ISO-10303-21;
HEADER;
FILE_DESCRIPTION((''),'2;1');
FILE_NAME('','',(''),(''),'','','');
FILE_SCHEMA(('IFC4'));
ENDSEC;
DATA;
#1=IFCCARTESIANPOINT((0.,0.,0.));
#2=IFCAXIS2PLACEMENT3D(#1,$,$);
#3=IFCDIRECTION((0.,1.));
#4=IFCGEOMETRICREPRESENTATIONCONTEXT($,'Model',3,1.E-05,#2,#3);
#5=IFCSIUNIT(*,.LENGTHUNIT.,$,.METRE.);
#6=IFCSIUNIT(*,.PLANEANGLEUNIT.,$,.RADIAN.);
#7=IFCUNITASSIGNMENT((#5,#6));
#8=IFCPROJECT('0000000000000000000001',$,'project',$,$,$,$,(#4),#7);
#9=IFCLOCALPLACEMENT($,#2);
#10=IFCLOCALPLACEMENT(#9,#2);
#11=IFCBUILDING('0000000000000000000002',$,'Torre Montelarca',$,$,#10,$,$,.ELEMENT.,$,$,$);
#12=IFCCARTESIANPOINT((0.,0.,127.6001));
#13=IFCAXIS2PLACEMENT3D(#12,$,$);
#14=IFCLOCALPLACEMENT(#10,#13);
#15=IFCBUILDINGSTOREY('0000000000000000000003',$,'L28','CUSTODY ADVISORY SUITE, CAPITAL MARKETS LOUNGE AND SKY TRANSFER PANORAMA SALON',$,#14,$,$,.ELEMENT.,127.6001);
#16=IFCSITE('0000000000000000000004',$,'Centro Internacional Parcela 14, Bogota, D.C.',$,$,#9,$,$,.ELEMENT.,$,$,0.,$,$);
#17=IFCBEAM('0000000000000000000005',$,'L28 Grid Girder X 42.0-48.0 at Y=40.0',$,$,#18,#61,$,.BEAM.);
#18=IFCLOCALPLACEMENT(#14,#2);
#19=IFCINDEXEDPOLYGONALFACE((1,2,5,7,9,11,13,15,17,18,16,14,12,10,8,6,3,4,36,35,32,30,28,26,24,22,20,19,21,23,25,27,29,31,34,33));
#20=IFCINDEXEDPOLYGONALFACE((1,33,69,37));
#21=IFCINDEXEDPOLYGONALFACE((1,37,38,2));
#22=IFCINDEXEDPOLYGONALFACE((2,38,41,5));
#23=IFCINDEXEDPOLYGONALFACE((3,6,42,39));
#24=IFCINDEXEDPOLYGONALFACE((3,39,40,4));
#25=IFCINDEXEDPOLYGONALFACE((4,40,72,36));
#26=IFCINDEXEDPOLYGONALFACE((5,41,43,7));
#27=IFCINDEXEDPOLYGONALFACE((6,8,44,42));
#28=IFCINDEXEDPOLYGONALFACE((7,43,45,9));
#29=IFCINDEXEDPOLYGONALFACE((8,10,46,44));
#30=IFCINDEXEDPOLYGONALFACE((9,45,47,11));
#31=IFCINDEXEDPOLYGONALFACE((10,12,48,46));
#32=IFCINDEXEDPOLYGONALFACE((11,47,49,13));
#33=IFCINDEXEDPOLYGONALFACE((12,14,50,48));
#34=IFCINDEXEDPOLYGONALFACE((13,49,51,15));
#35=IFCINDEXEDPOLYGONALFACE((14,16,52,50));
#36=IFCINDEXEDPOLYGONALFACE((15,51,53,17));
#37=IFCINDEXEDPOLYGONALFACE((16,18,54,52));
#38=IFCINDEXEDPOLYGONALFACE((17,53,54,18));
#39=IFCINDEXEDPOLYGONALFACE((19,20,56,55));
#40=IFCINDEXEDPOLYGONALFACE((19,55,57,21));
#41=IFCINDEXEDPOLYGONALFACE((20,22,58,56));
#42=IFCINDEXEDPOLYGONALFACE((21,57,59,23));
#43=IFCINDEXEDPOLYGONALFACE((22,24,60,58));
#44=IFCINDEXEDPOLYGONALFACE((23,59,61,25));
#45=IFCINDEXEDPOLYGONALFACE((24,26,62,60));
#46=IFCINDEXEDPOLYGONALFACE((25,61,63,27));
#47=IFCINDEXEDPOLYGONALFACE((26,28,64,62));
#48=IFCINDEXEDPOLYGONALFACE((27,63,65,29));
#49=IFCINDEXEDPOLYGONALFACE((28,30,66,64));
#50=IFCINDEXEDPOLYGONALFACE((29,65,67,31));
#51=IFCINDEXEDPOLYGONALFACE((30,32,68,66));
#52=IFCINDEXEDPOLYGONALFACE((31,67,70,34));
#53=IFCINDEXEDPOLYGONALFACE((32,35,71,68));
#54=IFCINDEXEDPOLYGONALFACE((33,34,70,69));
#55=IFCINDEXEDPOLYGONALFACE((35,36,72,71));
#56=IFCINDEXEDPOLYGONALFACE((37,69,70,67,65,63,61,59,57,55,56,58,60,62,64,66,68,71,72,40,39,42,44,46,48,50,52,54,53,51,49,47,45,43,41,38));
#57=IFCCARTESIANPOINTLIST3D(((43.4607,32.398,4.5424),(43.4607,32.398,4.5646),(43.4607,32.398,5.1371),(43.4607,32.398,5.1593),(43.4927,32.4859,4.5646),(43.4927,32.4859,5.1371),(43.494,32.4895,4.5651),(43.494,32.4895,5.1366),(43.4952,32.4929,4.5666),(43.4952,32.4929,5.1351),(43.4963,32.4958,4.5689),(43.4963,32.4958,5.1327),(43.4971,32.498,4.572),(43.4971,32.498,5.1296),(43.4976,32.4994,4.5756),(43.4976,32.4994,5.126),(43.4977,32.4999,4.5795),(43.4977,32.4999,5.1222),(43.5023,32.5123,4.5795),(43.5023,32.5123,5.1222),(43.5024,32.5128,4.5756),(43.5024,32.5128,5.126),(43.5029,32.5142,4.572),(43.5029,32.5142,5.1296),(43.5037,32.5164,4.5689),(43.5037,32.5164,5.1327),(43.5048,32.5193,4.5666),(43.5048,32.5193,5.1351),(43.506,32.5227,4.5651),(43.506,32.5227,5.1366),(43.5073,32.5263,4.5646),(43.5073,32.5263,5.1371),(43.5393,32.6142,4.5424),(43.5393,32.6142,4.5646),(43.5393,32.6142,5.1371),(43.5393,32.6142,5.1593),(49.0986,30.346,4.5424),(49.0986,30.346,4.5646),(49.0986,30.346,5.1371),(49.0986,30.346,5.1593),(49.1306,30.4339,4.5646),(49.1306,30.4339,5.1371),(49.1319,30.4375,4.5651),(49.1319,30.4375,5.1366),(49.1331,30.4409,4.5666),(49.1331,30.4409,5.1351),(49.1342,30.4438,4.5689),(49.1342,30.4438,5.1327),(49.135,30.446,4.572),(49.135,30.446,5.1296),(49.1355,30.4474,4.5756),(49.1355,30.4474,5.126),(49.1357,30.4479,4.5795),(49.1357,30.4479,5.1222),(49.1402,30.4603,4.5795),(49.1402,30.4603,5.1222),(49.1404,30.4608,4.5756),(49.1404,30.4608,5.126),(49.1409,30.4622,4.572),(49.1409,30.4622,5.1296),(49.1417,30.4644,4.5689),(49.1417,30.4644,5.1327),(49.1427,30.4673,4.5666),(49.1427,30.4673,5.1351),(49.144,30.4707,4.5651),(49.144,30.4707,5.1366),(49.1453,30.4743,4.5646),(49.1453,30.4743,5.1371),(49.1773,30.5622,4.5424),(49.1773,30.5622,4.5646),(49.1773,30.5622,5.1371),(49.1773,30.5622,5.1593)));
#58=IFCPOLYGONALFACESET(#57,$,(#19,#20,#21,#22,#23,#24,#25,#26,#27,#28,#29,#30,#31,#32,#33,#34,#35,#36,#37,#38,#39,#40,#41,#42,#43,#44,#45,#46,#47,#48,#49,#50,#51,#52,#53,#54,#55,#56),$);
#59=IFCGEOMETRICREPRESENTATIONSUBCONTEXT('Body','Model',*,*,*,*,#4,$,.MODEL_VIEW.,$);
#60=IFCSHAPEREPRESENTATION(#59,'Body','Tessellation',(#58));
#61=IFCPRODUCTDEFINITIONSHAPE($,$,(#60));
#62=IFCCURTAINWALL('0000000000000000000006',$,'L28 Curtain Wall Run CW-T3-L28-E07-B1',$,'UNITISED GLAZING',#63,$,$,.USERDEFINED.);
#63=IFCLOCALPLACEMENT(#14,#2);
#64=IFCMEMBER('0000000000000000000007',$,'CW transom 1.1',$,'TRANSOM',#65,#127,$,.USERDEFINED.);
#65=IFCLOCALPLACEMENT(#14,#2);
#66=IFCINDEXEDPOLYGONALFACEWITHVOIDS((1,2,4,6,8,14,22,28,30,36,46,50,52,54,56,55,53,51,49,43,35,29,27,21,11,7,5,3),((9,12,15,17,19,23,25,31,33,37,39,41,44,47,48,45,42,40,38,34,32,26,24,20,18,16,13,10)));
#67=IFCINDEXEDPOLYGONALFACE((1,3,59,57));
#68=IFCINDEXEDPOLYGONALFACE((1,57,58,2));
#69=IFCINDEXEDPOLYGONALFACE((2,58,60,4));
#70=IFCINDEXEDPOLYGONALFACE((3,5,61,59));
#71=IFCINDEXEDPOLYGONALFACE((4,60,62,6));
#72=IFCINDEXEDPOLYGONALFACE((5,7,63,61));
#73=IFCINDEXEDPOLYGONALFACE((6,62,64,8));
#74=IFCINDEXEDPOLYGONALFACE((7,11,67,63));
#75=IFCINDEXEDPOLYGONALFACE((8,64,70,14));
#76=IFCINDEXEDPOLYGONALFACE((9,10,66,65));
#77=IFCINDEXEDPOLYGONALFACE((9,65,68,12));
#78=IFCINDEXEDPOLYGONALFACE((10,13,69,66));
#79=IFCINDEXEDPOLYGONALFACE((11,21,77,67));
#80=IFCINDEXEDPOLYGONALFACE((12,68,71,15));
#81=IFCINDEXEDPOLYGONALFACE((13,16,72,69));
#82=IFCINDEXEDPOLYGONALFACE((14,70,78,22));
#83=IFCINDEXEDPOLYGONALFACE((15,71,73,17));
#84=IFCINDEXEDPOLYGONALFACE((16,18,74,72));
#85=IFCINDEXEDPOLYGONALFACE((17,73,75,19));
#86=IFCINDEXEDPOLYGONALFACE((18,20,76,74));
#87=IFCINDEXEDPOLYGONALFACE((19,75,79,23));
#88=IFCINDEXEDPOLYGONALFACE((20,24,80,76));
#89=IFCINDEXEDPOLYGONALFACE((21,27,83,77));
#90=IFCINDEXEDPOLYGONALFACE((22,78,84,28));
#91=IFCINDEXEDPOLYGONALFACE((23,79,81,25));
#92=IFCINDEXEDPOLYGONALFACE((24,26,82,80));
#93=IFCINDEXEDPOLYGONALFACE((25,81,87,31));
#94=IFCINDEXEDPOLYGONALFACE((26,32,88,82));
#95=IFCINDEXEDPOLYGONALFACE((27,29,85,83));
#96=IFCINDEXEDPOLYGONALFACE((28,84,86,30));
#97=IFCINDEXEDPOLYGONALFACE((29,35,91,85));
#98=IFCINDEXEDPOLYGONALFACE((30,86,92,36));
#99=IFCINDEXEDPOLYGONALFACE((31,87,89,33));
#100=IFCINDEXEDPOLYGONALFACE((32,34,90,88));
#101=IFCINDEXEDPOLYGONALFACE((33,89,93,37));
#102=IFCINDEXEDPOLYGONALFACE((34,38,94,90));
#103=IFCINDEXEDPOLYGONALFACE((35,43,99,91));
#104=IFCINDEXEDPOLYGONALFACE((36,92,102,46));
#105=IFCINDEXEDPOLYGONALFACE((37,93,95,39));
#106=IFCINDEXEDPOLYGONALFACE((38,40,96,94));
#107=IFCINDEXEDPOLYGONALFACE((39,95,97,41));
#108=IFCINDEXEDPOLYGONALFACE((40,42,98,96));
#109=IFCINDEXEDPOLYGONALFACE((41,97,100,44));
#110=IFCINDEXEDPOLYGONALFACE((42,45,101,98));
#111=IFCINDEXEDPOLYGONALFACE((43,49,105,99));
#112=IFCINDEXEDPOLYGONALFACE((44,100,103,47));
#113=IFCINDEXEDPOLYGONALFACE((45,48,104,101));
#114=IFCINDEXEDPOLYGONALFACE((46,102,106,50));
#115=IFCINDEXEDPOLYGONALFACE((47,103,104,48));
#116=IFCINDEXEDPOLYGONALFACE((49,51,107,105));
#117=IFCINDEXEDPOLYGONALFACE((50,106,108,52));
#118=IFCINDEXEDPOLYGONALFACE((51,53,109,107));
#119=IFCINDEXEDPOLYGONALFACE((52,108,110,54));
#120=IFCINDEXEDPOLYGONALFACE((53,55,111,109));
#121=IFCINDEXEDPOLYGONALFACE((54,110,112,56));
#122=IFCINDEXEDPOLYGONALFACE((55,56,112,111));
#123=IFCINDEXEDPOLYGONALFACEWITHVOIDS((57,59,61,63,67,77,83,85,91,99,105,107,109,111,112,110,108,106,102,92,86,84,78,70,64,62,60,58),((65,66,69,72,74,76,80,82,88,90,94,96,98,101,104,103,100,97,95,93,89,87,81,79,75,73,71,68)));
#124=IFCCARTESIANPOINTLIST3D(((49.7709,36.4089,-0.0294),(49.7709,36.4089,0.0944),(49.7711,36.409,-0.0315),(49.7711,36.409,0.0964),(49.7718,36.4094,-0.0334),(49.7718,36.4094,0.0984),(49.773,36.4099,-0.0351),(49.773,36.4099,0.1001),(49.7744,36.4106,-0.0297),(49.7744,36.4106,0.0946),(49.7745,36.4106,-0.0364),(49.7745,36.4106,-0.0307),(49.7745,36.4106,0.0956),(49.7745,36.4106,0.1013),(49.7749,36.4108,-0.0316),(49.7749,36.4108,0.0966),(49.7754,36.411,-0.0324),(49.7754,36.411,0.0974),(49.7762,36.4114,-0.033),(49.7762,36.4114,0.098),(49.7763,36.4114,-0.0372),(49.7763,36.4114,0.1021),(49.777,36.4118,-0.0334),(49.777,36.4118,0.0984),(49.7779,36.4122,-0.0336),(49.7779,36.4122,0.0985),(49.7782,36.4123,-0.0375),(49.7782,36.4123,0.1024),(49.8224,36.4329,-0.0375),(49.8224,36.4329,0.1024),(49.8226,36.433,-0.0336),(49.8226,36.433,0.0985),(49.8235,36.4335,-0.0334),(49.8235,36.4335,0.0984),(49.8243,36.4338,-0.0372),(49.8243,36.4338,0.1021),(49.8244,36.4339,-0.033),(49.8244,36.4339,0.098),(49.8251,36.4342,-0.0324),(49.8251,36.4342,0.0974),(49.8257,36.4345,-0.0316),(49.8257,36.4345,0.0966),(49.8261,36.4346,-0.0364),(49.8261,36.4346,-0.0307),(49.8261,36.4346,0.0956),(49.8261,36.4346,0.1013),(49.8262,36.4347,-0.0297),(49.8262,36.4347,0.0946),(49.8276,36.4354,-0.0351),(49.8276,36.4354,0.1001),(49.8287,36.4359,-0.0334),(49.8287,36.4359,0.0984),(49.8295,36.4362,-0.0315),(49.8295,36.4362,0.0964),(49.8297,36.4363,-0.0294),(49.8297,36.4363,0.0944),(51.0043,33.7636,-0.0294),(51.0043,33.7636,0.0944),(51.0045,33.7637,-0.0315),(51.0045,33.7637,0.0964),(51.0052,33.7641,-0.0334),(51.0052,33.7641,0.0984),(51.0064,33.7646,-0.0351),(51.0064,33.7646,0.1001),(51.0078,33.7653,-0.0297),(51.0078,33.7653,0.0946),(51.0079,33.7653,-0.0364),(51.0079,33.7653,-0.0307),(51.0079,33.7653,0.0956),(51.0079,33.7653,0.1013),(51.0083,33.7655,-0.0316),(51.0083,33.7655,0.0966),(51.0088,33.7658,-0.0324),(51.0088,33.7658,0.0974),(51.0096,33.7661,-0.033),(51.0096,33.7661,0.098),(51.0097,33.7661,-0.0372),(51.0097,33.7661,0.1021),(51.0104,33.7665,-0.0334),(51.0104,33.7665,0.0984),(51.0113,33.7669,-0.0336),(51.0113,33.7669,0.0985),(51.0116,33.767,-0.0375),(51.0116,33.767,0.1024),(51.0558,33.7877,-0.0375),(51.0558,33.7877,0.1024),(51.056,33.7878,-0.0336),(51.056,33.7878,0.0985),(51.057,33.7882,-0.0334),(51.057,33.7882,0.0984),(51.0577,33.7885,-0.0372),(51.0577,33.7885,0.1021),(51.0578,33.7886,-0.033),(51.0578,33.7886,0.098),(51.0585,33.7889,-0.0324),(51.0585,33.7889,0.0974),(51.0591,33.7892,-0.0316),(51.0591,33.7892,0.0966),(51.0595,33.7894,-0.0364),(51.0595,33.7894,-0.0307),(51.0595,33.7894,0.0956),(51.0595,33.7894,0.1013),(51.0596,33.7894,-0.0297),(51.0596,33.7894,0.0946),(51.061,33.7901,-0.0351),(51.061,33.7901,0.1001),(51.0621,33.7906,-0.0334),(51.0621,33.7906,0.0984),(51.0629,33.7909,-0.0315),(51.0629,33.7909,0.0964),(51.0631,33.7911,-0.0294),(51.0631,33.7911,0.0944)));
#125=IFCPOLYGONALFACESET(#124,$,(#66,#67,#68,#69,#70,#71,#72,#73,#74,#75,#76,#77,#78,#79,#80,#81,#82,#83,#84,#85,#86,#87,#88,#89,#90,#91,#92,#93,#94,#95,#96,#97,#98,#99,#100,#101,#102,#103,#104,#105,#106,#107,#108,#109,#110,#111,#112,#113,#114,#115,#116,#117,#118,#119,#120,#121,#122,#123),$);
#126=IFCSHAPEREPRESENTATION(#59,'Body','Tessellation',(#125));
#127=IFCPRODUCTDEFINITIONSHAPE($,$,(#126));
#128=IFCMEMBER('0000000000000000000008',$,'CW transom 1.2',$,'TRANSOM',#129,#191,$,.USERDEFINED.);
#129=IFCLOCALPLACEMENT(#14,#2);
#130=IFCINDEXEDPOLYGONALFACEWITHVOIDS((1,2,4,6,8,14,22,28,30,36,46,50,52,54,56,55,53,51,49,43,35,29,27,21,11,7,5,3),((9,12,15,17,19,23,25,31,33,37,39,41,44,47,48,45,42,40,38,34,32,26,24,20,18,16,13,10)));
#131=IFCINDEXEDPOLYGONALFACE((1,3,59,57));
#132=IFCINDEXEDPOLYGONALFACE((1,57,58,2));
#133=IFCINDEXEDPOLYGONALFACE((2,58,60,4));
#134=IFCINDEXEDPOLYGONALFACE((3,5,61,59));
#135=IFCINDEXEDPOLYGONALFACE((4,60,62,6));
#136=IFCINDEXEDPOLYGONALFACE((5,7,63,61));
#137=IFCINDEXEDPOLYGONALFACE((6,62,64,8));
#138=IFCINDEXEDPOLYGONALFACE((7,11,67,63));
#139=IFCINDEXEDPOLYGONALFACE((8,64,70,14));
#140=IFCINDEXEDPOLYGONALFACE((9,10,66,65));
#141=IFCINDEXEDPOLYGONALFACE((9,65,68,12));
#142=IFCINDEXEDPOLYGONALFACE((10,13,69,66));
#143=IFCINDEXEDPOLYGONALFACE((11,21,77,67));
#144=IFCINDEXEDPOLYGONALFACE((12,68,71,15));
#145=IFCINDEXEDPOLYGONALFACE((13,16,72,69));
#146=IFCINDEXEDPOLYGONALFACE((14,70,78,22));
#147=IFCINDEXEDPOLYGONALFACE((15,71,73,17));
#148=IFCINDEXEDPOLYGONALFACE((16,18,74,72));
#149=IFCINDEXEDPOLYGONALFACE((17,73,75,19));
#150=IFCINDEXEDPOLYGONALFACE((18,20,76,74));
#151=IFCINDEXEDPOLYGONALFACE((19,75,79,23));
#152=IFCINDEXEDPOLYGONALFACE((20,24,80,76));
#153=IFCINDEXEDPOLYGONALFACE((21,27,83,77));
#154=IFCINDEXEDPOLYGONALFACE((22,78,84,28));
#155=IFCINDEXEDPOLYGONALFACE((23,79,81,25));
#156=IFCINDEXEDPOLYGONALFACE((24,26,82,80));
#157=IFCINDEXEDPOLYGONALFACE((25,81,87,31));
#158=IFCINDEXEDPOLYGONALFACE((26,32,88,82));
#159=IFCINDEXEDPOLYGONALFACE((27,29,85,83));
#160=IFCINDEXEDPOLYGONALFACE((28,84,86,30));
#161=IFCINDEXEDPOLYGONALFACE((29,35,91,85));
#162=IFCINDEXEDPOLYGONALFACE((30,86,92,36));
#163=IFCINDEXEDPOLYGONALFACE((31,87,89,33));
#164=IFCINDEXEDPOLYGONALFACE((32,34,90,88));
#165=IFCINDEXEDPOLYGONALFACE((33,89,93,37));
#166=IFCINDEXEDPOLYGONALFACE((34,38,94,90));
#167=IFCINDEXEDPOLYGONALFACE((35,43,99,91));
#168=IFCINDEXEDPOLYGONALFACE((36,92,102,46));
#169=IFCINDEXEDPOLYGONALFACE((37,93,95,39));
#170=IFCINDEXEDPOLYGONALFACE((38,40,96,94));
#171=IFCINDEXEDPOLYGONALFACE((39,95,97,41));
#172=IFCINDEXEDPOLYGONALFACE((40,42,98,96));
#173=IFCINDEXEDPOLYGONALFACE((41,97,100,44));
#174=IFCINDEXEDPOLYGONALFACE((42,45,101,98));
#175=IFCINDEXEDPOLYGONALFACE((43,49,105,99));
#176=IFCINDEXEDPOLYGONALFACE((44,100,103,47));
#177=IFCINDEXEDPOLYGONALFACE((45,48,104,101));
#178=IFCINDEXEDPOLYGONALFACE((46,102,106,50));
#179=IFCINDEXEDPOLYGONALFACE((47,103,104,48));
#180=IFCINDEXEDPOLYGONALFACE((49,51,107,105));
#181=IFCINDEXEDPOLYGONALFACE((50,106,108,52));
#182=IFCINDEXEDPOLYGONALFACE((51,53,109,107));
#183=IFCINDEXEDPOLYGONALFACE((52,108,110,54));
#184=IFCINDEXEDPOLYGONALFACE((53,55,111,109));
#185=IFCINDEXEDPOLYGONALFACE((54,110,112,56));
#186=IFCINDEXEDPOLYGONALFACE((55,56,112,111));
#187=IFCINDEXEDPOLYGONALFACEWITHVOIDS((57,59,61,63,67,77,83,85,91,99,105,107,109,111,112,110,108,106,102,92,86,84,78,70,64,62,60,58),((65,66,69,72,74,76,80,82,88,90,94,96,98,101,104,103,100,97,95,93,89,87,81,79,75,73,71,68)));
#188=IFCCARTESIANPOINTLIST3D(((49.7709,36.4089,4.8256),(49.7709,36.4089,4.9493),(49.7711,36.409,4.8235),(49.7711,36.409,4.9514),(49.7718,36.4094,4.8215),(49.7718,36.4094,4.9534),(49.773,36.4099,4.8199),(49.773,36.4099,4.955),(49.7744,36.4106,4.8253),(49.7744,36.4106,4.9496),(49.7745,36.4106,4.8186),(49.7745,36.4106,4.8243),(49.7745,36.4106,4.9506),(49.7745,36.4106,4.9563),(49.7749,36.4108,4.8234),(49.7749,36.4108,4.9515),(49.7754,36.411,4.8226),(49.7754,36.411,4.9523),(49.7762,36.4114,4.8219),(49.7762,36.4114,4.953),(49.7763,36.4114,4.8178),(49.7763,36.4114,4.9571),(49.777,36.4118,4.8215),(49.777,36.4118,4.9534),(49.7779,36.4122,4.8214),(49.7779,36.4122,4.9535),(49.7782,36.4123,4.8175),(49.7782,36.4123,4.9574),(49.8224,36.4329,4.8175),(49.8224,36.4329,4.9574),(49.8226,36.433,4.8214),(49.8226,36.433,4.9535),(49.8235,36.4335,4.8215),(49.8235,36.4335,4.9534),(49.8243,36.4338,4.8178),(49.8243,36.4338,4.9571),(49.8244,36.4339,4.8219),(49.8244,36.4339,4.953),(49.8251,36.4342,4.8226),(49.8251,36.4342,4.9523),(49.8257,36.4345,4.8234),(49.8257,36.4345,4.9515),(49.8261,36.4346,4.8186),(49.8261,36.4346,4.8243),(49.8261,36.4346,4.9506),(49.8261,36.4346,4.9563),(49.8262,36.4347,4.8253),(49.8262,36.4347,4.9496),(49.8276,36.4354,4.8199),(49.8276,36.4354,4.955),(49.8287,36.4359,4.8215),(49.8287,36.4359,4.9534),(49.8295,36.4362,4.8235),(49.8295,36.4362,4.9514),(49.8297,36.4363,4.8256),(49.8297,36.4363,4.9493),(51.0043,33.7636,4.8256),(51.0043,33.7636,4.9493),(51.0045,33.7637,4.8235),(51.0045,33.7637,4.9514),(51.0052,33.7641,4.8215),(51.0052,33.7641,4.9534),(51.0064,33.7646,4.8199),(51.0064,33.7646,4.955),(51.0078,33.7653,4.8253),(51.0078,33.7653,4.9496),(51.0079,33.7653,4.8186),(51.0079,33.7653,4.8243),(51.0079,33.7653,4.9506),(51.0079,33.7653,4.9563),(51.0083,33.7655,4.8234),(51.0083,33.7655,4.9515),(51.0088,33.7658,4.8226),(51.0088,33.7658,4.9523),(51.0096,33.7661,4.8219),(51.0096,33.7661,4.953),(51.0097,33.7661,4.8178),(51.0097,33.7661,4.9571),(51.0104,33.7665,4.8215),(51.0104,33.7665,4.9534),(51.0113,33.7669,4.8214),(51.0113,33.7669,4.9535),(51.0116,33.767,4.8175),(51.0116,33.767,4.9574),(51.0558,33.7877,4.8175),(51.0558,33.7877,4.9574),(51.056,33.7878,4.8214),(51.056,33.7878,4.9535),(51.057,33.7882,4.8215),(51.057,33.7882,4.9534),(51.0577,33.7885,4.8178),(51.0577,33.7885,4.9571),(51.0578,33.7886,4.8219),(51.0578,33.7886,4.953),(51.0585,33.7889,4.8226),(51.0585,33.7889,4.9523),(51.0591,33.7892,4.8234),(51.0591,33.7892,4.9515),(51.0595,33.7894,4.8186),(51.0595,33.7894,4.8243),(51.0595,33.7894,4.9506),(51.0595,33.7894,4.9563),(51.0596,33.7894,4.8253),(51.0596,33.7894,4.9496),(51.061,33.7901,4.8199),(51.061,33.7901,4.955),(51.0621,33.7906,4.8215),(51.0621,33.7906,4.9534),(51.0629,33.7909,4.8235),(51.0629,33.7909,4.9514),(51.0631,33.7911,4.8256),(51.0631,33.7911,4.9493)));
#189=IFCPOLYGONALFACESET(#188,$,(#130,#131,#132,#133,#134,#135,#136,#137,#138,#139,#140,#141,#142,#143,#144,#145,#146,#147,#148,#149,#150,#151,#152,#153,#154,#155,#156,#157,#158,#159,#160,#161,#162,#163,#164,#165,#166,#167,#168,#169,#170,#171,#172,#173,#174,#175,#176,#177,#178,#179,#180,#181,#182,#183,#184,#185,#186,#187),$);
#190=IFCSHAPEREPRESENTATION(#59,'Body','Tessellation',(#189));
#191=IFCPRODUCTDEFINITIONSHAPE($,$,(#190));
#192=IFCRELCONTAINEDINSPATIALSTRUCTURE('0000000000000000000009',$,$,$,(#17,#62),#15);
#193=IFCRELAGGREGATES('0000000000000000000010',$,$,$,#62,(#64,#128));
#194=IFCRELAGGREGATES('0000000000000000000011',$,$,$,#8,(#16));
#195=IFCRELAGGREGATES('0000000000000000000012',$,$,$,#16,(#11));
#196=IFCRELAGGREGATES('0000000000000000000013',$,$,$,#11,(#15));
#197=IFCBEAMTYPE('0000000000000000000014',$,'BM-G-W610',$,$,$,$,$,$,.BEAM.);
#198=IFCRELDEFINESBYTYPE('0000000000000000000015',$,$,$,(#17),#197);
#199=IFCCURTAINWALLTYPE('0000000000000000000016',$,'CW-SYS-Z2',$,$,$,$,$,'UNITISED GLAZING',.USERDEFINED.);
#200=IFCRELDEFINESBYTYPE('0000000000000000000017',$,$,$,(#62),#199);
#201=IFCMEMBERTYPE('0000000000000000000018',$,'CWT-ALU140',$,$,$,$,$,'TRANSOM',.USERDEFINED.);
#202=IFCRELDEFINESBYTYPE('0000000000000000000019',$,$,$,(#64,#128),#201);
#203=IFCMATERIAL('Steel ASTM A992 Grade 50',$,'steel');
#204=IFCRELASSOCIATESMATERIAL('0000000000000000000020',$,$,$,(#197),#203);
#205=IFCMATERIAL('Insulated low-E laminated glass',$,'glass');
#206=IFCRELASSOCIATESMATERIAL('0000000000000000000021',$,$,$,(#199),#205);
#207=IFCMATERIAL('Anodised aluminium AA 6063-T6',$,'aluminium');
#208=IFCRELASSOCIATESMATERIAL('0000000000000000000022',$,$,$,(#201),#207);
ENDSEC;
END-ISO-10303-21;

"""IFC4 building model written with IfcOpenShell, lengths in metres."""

from ifc_helpers import new_model, si_unit, direction, frame, origin, origin_2d, place, context, subcontext, project, spatial, hollow_rectangle, i_section, extrude, source, transform, mapped, material, material_profile, profile_set, type_object, element, aggregate, save


model = new_model("IFC4")

# Units and contexts
model_context = context("Model", 3, precision=1e-05, world=origin(), true_north=direction((0.0, 1.0)))
body_context = subcontext(model_context, "Body", "Model", "MODEL_VIEW")
ifc_project = project(units=[si_unit("LENGTHUNIT", "METRE"), si_unit("PLANEANGLEUNIT", "RADIAN")], contexts=[model_context])

# Site, building, storey
site_placement = place(None, origin())
site = spatial("IfcSite", under=ifc_project, at=site_placement, Name="Centro Internacional Parcela 14, Bogota, D.C.", CompositionType="ELEMENT", RefElevation=0.0)
building_placement = place(site_placement, origin())
building = spatial("IfcBuilding", under=site, at=building_placement, Name="Torre Montelarca", CompositionType="ELEMENT")
storey_placement = place(building_placement, frame((0.0, 0.0, 127.6001)))
storey = spatial("IfcBuildingStorey", under=building, at=storey_placement, Name="L28", Description="CUSTODY ADVISORY SUITE, CAPITAL MARKETS LOUNGE AND SKY TRANSFER PANORAMA SALON", CompositionType="ELEMENT", Elevation=127.6001)

# Shared definitions
ifc_material_1 = material(Name="Steel ASTM A992 Grade 50", Category="steel")

# Beam
ifc_material_profile_1 = material_profile(ifc_material_1, i_section(OverallWidth=0.23, OverallDepth=0.6169, WebThickness=0.0132, FlangeThickness=0.0222, FilletRadius=0.0149, at=origin_2d()), Name="W610X140", Category="steel")
ifc_profile_set_1 = profile_set([ifc_material_profile_1], Name="Steel ASTM A992 Grade 50")
beam_type = type_object("IfcBeamType", Name="BM-G-W610", PredefinedType="BEAM", material=ifc_profile_set_1)
shared_shape_1 = source(origin(), body_context, "Body", "SweptSolid", [
    extrude(i_section(OverallWidth=0.23, OverallDepth=0.6169, WebThickness=0.0132, FlangeThickness=0.0222, FilletRadius=0.0149, at=origin_2d()), origin(), (0.0, 0.0, 1.0), 5.9998),
])
beam_1_placement = place(storey_placement, frame((43.5, 32.5061, 4.8508), z_axis=(0.939695, -0.342014, 0.0), x_axis=(0.342014, 0.939695, 0.0)))
element("IfcBeam", 1, at=beam_1_placement, inside=storey, type_object=beam_type, Name="L28 Grid Girder X 42.0-48.0 at Y=40.0", PredefinedType="BEAM", context=body_context, shape_type="MappedRepresentation", body=[
    mapped(shared_shape_1, transform((0.0, 0.0, 0.0), scale=1.0)),
])

# Curtain wall, members
ifc_material_2 = material(Name="Insulated low-E laminated glass", Category="glass")
curtain_wall_type = type_object("IfcCurtainWallType", Name="CW-SYS-Z2", ElementType="UNITISED GLAZING", PredefinedType="USERDEFINED", material=ifc_material_2)
curtain_wall_1_placement = place(storey_placement, origin())
curtain_wall_1 = element("IfcCurtainWall", 2, at=curtain_wall_1_placement, inside=storey, type_object=curtain_wall_type, Name="L28 Curtain Wall Run CW-T3-L28-E07-B1", ObjectType="UNITISED GLAZING", PredefinedType="USERDEFINED")
ifc_material_3 = material(Name="Anodised aluminium AA 6063-T6", Category="aluminium")
ifc_material_profile_2 = material_profile(ifc_material_3, hollow_rectangle(XDim=0.0649, YDim=0.1399, WallThickness=0.0039, InnerFilletRadius=0.0039, OuterFilletRadius=0.0081, at=origin_2d()), Name="ALU65X140X4", Category="aluminium")
ifc_profile_set_2 = profile_set([ifc_material_profile_2], Name="Anodised aluminium AA 6063-T6")
member_type_1 = type_object("IfcMemberType", Name="CWT-ALU140", ElementType="TRANSOM", PredefinedType="USERDEFINED", material=ifc_profile_set_2)
shared_shape_2 = source(origin(), body_context, "Body", "SweptSolid", [
    extrude(hollow_rectangle(XDim=0.0649, YDim=0.1399, WallThickness=0.0039, InnerFilletRadius=0.0039, OuterFilletRadius=0.0081, at=origin_2d()), origin(), (0.0, 0.0, 1.0), 2.9187),
])
member_1_placement = place(storey_placement, frame((51.0337, 33.7773, 0.0325), z_axis=(-0.422588, 0.906322, 0.0), x_axis=(-0.906322, -0.422588, 0.0)))
member_1 = element("IfcMember", 3, at=member_1_placement, type_object=member_type_1, Name="CW transom 1.1", ObjectType="TRANSOM", PredefinedType="USERDEFINED", context=body_context, shape_type="MappedRepresentation", body=[
    mapped(shared_shape_2, transform((0.0, 0.0, 0.0), scale=1.0)),
])
member_2_placement = place(storey_placement, frame((51.0337, 33.7773, 4.8875), z_axis=(-0.422588, 0.906322, 0.0), x_axis=(-0.906322, -0.422588, 0.0)))
member_2 = element("IfcMember", 4, at=member_2_placement, type_object=member_type_1, Name="CW transom 1.2", ObjectType="TRANSOM", PredefinedType="USERDEFINED", context=body_context, shape_type="MappedRepresentation", body=[
    mapped(shared_shape_2, transform((0.0, 0.0, 0.0), scale=1.0)),
])

aggregate(curtain_wall_1, [member_1, member_2])

save(model, "model.ifc")
